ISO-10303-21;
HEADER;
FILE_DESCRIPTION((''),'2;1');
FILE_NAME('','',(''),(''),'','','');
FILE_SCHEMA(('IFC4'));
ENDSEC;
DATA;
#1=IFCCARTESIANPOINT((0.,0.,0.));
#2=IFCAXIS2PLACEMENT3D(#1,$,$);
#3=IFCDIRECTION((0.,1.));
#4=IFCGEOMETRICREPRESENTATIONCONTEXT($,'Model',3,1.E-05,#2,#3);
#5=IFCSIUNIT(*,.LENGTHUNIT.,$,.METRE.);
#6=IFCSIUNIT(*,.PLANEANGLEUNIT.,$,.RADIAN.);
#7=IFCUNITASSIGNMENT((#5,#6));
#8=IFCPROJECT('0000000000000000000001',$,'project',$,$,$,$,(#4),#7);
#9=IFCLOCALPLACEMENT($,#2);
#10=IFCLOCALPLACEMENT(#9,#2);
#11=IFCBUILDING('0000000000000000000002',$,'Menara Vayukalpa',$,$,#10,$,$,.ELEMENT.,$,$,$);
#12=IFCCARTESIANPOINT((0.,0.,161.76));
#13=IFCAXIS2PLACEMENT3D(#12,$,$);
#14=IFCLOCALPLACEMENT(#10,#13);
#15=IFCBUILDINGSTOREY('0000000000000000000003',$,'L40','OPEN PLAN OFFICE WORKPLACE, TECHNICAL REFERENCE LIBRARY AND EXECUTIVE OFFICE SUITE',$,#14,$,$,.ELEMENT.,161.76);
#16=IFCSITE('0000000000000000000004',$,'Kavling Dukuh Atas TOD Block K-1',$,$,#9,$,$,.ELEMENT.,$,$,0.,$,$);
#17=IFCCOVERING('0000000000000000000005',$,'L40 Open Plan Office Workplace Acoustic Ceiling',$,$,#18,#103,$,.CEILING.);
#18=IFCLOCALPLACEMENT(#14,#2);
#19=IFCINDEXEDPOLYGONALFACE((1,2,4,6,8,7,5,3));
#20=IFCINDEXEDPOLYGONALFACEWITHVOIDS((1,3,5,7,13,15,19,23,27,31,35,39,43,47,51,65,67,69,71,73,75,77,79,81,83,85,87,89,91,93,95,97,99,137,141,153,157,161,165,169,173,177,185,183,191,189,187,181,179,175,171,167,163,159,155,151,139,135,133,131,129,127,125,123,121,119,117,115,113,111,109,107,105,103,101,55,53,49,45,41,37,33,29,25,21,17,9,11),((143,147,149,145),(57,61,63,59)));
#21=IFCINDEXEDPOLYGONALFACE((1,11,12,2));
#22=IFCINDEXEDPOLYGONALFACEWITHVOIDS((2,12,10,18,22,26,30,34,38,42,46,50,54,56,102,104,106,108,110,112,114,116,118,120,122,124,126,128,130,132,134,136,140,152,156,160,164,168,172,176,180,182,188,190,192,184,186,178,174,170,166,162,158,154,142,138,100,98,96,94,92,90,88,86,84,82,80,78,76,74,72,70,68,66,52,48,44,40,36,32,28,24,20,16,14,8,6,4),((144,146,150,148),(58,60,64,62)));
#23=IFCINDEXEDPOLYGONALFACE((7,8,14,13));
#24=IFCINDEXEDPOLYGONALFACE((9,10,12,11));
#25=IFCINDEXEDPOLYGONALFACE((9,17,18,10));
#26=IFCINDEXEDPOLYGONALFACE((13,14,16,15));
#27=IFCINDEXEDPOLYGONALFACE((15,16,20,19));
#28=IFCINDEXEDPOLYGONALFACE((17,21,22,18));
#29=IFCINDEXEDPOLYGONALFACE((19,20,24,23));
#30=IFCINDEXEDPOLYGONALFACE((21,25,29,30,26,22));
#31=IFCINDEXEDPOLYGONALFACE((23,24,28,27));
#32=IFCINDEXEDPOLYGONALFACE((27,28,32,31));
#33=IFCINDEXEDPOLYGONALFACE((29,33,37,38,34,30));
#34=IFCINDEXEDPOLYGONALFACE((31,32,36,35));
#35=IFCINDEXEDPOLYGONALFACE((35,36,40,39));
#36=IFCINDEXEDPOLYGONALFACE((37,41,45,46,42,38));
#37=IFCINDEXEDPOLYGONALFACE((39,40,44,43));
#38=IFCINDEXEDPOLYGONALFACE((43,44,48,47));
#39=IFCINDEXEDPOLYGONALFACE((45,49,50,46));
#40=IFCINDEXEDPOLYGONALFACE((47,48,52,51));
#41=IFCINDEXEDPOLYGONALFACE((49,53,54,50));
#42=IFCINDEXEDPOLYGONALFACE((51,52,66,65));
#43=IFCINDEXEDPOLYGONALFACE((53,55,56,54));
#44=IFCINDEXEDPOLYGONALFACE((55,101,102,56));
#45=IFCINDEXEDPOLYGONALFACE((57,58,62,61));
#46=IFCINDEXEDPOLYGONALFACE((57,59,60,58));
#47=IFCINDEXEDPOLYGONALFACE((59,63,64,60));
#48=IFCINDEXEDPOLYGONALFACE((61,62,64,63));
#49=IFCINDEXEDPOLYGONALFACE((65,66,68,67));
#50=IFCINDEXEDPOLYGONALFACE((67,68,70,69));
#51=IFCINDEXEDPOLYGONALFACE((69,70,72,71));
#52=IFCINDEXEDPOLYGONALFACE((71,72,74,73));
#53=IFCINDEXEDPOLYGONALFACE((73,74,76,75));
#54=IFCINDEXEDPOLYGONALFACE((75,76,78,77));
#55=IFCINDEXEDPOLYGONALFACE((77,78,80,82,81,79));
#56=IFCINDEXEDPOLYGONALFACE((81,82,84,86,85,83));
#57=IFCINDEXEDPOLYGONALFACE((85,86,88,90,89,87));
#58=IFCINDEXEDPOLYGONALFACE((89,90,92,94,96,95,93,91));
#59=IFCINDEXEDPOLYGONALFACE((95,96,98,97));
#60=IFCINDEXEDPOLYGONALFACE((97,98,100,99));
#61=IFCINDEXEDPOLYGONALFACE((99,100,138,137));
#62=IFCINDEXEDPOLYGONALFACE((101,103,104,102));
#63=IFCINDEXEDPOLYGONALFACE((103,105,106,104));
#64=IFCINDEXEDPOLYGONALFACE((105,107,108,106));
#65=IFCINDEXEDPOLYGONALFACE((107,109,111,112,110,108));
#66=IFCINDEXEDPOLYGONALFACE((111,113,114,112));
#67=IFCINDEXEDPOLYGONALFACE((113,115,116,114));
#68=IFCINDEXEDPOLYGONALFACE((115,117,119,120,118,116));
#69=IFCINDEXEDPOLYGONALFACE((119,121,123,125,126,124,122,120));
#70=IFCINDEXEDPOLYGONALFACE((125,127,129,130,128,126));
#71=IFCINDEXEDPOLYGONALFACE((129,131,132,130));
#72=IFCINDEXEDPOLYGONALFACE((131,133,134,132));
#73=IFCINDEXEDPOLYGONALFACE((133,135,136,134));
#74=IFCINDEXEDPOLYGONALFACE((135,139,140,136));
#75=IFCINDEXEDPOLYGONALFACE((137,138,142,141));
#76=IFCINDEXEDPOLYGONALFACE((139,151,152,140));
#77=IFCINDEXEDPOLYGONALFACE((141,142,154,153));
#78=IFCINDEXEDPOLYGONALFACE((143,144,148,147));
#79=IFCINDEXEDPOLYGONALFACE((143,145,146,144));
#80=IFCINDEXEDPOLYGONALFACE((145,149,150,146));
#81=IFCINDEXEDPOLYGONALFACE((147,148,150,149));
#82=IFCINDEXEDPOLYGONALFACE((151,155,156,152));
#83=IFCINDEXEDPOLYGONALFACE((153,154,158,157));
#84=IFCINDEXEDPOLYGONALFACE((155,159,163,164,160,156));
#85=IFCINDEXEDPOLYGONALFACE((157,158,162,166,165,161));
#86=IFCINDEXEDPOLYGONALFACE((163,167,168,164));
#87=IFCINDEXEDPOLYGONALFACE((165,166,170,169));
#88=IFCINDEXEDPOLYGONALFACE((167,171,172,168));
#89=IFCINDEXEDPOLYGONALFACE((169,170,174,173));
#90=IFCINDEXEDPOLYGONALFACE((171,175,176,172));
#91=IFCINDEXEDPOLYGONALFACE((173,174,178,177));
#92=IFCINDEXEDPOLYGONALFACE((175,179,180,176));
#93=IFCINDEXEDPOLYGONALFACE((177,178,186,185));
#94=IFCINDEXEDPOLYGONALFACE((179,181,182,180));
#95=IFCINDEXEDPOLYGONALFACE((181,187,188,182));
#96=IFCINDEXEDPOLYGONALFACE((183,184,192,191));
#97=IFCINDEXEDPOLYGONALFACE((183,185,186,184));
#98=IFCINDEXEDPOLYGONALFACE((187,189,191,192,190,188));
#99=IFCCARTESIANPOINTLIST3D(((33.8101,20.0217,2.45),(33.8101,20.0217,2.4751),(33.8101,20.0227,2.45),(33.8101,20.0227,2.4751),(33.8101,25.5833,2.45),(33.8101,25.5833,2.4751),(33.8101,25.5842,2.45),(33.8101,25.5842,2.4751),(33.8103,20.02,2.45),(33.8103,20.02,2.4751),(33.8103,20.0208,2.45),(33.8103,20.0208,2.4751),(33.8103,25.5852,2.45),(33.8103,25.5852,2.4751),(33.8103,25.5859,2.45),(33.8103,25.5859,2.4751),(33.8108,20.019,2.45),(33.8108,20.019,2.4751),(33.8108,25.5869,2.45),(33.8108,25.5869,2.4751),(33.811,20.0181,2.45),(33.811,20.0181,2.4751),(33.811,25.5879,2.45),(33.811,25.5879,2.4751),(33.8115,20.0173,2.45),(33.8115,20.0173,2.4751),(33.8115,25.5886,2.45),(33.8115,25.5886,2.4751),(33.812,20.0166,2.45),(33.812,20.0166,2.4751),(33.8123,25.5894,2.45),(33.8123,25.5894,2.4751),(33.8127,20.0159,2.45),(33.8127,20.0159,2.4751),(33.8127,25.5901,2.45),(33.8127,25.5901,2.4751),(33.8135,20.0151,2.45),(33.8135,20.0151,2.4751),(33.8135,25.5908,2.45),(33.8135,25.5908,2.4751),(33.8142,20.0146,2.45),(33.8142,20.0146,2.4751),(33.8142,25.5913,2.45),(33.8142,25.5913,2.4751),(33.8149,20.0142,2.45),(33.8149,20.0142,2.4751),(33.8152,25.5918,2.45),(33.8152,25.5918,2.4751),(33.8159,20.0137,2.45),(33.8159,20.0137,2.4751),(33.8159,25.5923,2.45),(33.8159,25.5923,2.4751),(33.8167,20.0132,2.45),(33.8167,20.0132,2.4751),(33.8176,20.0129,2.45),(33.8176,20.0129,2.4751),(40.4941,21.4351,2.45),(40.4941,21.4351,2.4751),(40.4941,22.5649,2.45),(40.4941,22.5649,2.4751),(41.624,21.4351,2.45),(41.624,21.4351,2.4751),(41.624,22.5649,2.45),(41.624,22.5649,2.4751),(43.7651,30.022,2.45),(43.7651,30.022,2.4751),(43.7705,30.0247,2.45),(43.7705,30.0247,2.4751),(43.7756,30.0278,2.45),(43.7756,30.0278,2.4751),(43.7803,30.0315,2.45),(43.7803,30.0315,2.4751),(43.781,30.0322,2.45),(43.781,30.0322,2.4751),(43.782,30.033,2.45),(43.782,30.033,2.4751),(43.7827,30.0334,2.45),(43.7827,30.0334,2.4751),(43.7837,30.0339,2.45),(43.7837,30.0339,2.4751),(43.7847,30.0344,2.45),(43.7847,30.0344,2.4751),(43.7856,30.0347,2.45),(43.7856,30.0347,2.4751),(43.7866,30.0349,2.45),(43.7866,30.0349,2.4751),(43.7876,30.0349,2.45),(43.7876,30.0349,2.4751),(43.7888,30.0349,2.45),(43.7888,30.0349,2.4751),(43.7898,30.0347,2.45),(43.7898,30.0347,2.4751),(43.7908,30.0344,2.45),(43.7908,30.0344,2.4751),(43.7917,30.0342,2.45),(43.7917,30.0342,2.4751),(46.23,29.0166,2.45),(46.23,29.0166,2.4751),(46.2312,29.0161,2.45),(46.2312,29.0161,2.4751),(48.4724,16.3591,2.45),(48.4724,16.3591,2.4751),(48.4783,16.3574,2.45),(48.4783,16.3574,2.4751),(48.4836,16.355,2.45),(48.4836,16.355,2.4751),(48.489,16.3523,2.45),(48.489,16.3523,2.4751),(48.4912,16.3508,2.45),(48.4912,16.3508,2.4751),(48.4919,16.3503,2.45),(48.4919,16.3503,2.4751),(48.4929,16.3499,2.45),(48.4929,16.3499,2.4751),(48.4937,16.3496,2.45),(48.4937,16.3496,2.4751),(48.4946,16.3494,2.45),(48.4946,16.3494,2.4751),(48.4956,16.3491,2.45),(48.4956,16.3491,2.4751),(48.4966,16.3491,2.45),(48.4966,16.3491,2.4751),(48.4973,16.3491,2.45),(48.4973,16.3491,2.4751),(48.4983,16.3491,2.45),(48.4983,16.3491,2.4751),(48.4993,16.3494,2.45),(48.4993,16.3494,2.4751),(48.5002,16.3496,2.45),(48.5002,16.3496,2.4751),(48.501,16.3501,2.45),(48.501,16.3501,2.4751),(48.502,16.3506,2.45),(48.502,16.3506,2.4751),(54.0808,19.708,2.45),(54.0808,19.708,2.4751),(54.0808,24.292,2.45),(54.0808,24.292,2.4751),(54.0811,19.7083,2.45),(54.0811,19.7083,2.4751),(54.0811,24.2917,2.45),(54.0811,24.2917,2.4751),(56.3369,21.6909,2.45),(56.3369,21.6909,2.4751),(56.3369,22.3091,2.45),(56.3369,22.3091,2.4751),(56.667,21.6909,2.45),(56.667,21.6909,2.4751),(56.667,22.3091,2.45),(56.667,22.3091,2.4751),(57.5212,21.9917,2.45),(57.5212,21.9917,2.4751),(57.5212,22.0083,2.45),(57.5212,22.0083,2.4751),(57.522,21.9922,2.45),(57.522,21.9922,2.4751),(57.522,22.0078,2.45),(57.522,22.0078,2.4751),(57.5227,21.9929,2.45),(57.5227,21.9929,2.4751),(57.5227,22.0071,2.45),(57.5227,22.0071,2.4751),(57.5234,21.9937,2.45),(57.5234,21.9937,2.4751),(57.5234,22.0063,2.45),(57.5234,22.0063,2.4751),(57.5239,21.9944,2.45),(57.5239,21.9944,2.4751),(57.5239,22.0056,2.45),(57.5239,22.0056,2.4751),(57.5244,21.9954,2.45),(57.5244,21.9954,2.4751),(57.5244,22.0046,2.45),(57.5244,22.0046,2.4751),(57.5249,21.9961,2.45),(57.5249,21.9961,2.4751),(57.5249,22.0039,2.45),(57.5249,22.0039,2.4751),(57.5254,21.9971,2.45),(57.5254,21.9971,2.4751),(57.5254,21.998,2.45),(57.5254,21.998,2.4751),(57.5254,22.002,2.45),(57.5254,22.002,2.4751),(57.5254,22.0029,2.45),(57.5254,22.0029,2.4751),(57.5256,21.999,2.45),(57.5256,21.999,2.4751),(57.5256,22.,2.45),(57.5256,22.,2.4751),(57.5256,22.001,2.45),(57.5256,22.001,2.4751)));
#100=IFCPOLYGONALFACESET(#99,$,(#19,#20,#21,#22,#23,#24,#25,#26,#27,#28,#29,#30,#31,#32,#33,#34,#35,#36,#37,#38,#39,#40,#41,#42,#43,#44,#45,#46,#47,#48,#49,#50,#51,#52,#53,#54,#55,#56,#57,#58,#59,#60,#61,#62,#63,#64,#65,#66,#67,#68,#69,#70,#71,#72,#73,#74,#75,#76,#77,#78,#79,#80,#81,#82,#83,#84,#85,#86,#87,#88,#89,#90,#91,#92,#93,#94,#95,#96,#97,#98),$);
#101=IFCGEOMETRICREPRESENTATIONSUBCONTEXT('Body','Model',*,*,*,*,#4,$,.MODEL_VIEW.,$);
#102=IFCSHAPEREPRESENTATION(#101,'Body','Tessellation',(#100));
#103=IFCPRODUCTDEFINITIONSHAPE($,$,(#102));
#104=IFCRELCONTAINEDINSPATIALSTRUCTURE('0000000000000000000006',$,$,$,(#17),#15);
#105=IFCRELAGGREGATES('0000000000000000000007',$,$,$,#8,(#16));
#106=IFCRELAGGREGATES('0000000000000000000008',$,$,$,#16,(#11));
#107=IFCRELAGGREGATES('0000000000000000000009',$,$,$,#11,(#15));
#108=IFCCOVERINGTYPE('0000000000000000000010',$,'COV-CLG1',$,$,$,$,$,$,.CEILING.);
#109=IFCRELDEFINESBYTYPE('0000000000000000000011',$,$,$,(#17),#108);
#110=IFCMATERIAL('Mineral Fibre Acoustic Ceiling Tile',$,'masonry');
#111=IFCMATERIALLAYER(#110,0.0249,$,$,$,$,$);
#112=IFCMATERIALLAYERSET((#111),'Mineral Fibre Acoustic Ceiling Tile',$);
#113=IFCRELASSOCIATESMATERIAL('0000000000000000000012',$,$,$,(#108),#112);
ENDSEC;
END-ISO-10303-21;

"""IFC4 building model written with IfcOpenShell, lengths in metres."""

from ifc_helpers import new_model, si_unit, direction, frame, origin, place, context, subcontext, project, spatial, polyline, outline, extrude, material, layer, layer_set, type_object, element, save


model = new_model("IFC4")

# Units and contexts
model_context = context("Model", 3, precision=1e-05, world=origin(), true_north=direction((0.0, 1.0)))
body_context = subcontext(model_context, "Body", "Model", "MODEL_VIEW")
ifc_project = project(units=[si_unit("LENGTHUNIT", "METRE"), si_unit("PLANEANGLEUNIT", "RADIAN")], contexts=[model_context])

# Site, building, storey
site_placement = place(None, origin())
site = spatial("IfcSite", under=ifc_project, at=site_placement, Name="Kavling Dukuh Atas TOD Block K-1", CompositionType="ELEMENT", RefElevation=0.0)
building_placement = place(site_placement, origin())
building = spatial("IfcBuilding", under=site, at=building_placement, Name="Menara Vayukalpa", CompositionType="ELEMENT")
storey_placement = place(building_placement, frame((0.0, 0.0, 161.76)))
storey = spatial("IfcBuildingStorey", under=building, at=storey_placement, Name="L40", Description="OPEN PLAN OFFICE WORKPLACE, TECHNICAL REFERENCE LIBRARY AND EXECUTIVE OFFICE SUITE", CompositionType="ELEMENT", Elevation=161.76)

# Covering
ifc_material_1 = material(Name="Mineral Fibre Acoustic Ceiling Tile", Category="masonry")
ifc_layer_1 = layer(ifc_material_1, 0.0249)
ifc_layer_set_1 = layer_set([ifc_layer_1], Name="Mineral Fibre Acoustic Ceiling Tile")
covering_type_1 = type_object("IfcCoveringType", Name="COV-CLG1", PredefinedType="CEILING", material=ifc_layer_set_1)
covering_1_placement = place(storey_placement, frame((0.0, 0.0, 2.45)))
element("IfcCovering", 1, at=covering_1_placement, inside=storey, type_object=covering_type_1, Name="L40 Open Plan Office Workplace Acoustic Ceiling", PredefinedType="CEILING", context=body_context, shape_type="SweptSolid", body=[
    extrude(outline(polyline([(54.0811, 24.2917), (57.5212, 22.0083), (57.522, 22.0078), (57.5227, 22.0071), (57.5234, 22.0063), (57.5239, 22.0056), (57.5244, 22.0046), (57.5249, 22.0039), (57.5254, 22.0029), (57.5254, 22.002), (57.5256, 22.001), (57.5256, 22.0), (57.5256, 21.999), (57.5254, 21.998), (57.5254, 21.9971), (57.5249, 21.9961), (57.5244, 21.9954), (57.5239, 21.9944), (57.5234, 21.9937), (57.5227, 21.9929), (57.522, 21.9922), (57.5212, 21.9917), (54.0811, 19.7083), (54.0808, 19.708), (48.502, 16.3506), (48.501, 16.3501), (48.5002, 16.3496), (48.4993, 16.3494), (48.4983, 16.3491), (48.4973, 16.3491), (48.4966, 16.3491), (48.4956, 16.3491), (48.4946, 16.3494), (48.4937, 16.3496), (48.4929, 16.3499), (48.4919, 16.3503), (48.4912, 16.3508), (48.489, 16.3523), (48.4836, 16.355), (48.4783, 16.3574), (48.4724, 16.3591), (33.8176, 20.0129), (33.8167, 20.0132), (33.8159, 20.0137), (33.8149, 20.0142), (33.8142, 20.0146), (33.8135, 20.0151), (33.8127, 20.0159), (33.812, 20.0166), (33.8115, 20.0173), (33.811, 20.0181), (33.8108, 20.019), (33.8103, 20.02), (33.8103, 20.0208), (33.8101, 20.0217), (33.8101, 20.0227), (33.8101, 25.5833), (33.8101, 25.5842), (33.8103, 25.5852), (33.8103, 25.5859), (33.8108, 25.5869), (33.811, 25.5879), (33.8115, 25.5886), (33.8123, 25.5894), (33.8127, 25.5901), (33.8135, 25.5908), (33.8142, 25.5913), (33.8152, 25.5918), (33.8159, 25.5923), (43.7651, 30.022), (43.7705, 30.0247), (43.7756, 30.0278), (43.7803, 30.0315), (43.781, 30.0322), (43.782, 30.033), (43.7827, 30.0334), (43.7837, 30.0339), (43.7847, 30.0344), (43.7856, 30.0347), (43.7866, 30.0349), (43.7876, 30.0349), (43.7888, 30.0349), (43.7898, 30.0347), (43.7908, 30.0344), (43.7917, 30.0342), (46.23, 29.0166), (46.2312, 29.0161), (54.0808, 24.292), (54.0811, 24.2917)]), holes=[polyline([(41.624, 22.5649), (40.4941, 22.5649), (40.4941, 21.4351), (41.624, 21.4351), (41.624, 22.5649)]), polyline([(56.667, 22.3091), (56.3369, 22.3091), (56.3369, 21.6909), (56.667, 21.6909), (56.667, 22.3091)])]), origin(), (0.0, 0.0, 1.0), 0.0251),
])

save(model, "model.ifc")
